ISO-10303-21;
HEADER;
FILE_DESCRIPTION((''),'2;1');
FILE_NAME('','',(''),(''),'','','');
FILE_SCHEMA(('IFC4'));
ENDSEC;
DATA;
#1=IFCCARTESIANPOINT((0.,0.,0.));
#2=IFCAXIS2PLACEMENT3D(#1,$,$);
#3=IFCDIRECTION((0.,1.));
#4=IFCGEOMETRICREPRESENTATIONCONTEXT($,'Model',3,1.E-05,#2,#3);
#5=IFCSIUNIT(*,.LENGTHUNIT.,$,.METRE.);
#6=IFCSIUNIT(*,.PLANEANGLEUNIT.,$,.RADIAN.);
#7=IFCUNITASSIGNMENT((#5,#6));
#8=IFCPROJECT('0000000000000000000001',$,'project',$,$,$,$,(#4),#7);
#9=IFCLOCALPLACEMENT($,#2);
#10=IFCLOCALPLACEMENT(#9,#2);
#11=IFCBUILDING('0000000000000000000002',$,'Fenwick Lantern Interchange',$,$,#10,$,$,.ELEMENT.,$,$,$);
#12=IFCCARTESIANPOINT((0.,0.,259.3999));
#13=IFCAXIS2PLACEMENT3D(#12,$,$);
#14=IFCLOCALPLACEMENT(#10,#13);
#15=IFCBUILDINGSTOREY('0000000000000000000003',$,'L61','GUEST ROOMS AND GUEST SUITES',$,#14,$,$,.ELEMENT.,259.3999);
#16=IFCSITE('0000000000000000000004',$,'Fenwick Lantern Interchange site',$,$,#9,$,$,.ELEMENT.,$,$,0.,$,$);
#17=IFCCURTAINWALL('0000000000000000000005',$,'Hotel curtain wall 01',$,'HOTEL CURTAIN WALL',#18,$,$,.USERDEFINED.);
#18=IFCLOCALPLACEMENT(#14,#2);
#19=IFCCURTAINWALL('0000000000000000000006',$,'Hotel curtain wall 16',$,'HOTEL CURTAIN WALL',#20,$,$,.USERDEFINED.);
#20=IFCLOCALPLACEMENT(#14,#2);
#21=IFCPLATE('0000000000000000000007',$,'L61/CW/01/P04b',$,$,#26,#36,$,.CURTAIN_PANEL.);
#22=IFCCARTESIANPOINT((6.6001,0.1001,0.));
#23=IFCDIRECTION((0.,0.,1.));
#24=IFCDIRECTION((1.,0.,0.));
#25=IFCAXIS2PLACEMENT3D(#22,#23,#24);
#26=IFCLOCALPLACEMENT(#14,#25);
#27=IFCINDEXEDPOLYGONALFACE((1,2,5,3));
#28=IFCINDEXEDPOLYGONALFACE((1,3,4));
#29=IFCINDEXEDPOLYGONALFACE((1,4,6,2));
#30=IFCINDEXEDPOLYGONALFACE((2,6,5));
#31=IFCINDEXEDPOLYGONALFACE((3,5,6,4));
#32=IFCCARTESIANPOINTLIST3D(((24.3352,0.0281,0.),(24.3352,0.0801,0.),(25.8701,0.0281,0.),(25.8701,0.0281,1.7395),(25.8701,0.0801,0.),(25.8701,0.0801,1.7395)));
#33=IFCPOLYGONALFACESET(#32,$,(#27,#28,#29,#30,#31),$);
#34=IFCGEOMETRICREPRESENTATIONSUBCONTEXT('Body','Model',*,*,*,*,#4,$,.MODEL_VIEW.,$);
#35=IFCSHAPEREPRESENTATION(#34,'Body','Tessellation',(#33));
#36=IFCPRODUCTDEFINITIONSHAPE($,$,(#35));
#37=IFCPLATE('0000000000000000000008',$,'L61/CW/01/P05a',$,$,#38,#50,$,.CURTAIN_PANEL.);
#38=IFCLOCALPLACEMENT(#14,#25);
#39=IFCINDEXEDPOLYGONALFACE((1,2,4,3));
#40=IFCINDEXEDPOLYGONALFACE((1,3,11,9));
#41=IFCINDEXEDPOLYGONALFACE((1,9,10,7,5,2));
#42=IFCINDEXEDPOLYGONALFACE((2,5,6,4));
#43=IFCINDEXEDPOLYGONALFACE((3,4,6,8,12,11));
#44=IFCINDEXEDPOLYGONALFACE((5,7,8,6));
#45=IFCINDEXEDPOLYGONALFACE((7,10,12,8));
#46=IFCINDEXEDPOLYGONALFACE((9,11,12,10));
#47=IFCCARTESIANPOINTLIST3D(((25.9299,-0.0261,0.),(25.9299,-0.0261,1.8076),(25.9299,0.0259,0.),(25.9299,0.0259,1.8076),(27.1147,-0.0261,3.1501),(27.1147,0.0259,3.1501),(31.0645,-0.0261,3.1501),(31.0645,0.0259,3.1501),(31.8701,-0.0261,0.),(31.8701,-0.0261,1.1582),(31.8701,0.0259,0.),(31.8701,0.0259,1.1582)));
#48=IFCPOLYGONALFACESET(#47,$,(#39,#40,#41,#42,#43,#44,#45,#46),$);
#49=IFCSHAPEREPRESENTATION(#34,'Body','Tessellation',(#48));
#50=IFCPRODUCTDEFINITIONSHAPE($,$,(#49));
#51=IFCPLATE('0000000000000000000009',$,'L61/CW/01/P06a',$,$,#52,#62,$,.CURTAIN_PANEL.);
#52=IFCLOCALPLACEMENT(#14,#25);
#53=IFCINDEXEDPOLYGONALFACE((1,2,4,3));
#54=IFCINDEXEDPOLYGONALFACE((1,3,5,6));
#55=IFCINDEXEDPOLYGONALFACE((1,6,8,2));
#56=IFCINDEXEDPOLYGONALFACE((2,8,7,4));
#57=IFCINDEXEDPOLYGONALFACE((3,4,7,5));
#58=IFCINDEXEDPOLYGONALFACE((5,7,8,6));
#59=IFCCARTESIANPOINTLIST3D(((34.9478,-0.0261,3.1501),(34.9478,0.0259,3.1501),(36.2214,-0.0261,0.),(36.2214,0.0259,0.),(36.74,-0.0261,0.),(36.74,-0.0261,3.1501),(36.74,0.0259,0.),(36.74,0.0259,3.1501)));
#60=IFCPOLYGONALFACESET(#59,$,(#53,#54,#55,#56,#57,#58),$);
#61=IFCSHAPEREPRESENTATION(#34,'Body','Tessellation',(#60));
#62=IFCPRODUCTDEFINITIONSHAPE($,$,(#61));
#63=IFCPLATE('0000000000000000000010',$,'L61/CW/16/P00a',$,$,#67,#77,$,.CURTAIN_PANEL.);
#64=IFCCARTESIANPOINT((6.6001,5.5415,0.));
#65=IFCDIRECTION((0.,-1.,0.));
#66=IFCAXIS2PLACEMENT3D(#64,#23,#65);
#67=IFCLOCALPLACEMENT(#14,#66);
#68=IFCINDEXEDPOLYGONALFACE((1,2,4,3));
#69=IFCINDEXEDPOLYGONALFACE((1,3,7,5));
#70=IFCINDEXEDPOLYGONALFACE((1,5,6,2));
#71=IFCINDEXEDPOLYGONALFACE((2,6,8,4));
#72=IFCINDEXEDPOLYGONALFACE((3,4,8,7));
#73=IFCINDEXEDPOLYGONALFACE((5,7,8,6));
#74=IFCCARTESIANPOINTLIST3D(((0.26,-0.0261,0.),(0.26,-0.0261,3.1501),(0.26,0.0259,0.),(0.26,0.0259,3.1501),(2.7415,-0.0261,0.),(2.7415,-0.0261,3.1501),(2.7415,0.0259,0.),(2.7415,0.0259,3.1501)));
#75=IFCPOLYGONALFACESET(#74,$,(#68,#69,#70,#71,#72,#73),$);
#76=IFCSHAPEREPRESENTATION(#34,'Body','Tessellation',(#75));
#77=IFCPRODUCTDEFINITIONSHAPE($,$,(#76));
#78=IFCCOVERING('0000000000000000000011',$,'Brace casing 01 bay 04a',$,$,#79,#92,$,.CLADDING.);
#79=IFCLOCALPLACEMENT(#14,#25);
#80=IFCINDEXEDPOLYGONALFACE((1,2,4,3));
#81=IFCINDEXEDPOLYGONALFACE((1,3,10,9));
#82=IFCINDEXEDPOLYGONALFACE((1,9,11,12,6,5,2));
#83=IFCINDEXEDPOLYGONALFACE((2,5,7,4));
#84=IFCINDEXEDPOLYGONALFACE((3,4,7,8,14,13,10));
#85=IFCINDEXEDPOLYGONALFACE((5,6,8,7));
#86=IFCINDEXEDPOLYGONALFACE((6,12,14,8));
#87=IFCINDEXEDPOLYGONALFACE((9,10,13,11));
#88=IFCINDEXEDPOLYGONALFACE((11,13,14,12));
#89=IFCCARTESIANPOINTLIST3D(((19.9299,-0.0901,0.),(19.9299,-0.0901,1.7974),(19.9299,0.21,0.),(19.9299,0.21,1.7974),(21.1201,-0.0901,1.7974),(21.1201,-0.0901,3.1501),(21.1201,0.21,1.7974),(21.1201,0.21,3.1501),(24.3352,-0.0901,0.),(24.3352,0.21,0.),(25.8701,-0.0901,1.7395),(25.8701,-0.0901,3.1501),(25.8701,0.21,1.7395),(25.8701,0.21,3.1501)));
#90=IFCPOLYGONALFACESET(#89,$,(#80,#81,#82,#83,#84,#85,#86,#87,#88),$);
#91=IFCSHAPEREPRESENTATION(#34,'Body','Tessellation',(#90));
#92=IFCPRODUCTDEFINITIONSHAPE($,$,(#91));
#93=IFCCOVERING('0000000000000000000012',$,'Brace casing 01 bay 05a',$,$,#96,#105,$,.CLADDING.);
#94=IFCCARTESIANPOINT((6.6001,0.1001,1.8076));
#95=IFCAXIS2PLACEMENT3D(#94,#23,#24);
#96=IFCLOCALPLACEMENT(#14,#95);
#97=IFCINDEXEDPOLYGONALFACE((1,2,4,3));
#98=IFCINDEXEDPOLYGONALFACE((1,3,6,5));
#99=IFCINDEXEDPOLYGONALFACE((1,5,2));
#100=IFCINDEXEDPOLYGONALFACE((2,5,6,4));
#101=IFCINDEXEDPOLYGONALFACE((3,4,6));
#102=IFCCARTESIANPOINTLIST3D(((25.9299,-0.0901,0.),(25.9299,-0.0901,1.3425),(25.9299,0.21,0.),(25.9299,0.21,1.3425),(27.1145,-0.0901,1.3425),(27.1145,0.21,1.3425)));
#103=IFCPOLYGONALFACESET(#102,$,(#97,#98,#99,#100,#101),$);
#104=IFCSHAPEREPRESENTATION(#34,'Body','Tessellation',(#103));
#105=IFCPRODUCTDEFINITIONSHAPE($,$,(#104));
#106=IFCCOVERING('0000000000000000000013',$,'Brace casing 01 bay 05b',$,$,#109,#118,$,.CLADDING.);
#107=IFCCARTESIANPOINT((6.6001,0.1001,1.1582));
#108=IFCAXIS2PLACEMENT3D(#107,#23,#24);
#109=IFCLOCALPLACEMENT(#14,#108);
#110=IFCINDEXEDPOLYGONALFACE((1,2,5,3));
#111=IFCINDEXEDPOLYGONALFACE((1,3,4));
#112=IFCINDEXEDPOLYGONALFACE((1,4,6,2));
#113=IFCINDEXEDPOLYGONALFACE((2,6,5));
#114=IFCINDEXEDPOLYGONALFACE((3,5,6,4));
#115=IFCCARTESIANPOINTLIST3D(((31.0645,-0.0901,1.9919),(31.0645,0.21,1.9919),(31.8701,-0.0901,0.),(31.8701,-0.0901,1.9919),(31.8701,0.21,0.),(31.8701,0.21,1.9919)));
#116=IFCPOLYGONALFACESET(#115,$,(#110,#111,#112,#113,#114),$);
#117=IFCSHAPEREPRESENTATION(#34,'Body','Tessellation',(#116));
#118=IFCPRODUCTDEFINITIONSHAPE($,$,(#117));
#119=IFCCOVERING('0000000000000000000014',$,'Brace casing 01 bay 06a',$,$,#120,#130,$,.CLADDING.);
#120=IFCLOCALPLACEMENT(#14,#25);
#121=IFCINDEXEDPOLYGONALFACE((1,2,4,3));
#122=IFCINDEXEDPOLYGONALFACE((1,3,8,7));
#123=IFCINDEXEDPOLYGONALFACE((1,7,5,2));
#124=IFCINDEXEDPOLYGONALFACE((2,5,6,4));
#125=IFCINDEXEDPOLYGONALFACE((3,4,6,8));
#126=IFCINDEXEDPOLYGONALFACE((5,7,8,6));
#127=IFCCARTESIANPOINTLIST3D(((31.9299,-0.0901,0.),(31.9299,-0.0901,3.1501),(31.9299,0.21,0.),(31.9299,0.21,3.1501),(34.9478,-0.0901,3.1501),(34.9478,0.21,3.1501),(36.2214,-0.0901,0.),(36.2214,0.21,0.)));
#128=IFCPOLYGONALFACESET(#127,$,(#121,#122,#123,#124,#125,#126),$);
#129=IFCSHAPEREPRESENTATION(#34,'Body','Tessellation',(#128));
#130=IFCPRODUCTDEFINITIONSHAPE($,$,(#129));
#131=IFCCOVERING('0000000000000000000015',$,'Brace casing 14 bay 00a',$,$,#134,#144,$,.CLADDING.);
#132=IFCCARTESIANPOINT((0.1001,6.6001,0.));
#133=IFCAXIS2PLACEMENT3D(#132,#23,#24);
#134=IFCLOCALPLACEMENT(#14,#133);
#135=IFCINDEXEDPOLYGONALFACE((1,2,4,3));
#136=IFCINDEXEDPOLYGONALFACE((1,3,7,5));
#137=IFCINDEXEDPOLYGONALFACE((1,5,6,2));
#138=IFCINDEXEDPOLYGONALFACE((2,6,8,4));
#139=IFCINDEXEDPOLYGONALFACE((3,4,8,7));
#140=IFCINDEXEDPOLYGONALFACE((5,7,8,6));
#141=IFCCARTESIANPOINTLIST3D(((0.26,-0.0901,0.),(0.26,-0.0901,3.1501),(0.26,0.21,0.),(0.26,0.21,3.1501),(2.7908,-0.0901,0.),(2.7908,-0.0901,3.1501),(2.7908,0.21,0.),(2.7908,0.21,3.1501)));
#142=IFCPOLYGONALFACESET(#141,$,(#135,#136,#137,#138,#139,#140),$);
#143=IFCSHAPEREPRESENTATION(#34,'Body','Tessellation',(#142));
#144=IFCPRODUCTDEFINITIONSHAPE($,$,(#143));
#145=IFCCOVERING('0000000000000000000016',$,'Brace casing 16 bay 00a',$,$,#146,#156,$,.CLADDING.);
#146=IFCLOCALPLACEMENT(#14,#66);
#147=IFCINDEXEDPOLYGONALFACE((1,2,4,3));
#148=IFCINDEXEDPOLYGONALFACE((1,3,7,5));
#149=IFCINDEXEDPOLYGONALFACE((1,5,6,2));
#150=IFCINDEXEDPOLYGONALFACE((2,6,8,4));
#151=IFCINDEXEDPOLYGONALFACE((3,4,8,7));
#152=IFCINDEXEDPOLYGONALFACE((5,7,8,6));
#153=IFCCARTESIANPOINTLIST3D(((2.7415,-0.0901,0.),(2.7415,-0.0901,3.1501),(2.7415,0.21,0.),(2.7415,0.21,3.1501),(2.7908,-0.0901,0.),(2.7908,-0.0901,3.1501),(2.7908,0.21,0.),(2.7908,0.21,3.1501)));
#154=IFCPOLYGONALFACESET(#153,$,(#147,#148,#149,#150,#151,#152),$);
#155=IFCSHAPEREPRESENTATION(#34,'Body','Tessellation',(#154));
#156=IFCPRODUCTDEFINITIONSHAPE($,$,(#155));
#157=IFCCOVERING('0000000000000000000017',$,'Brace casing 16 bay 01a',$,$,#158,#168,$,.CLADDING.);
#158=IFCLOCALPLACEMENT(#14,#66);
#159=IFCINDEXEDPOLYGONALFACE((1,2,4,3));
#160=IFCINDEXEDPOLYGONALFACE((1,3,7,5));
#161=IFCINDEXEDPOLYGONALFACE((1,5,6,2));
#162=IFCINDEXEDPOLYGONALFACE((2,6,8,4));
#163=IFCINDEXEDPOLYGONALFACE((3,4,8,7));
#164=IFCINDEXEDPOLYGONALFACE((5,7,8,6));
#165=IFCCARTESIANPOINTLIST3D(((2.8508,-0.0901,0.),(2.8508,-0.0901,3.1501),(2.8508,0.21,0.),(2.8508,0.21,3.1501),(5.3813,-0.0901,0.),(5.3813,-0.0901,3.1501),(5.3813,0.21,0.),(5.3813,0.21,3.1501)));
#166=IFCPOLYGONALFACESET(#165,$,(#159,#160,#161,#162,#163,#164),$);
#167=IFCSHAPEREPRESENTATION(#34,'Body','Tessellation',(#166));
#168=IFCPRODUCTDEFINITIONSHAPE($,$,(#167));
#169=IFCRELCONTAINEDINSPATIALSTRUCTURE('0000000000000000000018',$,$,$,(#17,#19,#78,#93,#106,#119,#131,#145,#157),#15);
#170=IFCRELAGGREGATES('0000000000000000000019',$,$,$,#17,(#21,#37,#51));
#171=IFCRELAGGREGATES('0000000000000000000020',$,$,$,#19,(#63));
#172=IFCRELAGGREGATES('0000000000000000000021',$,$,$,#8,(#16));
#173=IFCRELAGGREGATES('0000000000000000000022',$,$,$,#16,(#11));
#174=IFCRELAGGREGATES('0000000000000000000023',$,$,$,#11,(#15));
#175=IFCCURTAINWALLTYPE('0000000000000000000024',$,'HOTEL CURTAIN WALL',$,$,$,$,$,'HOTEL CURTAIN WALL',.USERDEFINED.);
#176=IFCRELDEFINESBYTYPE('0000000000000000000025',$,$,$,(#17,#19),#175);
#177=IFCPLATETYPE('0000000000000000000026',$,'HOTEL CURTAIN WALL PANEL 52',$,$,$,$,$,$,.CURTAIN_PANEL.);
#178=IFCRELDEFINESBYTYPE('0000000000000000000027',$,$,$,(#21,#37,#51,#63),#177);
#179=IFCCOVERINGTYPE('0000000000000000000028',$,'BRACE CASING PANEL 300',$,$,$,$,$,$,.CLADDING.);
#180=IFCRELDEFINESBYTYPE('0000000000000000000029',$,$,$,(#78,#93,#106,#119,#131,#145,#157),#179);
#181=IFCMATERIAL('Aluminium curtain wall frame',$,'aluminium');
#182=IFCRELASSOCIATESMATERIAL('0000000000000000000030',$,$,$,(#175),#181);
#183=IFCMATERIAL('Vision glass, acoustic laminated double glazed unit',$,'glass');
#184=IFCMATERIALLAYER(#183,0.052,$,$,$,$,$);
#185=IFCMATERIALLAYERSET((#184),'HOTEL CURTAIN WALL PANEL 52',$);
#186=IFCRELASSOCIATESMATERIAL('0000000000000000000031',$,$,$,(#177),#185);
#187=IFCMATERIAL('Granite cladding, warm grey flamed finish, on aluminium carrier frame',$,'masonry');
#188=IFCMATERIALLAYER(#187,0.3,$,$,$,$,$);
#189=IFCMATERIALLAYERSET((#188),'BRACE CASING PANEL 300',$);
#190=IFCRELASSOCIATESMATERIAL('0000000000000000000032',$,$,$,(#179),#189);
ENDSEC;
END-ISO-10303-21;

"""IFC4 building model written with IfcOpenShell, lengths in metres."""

from ifc_helpers import new_model, si_unit, direction, frame, origin, place, context, subcontext, project, spatial, polyline, outline, extrude, material, layer, layer_set, type_object, element, aggregate, save


model = new_model("IFC4")

# Units and contexts
model_context = context("Model", 3, precision=1e-05, world=origin(), true_north=direction((0.0, 1.0)))
body_context = subcontext(model_context, "Body", "Model", "MODEL_VIEW")
ifc_project = project(units=[si_unit("LENGTHUNIT", "METRE"), si_unit("PLANEANGLEUNIT", "RADIAN")], contexts=[model_context])

# Site, building, storey
site_placement = place(None, origin())
site = spatial("IfcSite", under=ifc_project, at=site_placement, Name="Fenwick Lantern Interchange site", CompositionType="ELEMENT", RefElevation=0.0)
building_placement = place(site_placement, origin())
building = spatial("IfcBuilding", under=site, at=building_placement, Name="Fenwick Lantern Interchange", CompositionType="ELEMENT")
storey_placement = place(building_placement, frame((0.0, 0.0, 259.3999)))
storey = spatial("IfcBuildingStorey", under=building, at=storey_placement, Name="L61", Description="GUEST ROOMS AND GUEST SUITES", CompositionType="ELEMENT", Elevation=259.3999)

# Curtain wall
ifc_material_1 = material(Name="Aluminium curtain wall frame", Category="aluminium")
curtain_wall_type = type_object("IfcCurtainWallType", Name="HOTEL CURTAIN WALL", ElementType="HOTEL CURTAIN WALL", PredefinedType="USERDEFINED", material=ifc_material_1)
curtain_wall_1_placement = place(storey_placement, origin())
curtain_wall_1 = element("IfcCurtainWall", 1, at=curtain_wall_1_placement, inside=storey, type_object=curtain_wall_type, Name="Hotel curtain wall 01", ObjectType="HOTEL CURTAIN WALL", PredefinedType="USERDEFINED")

# Curtain wall
curtain_wall_2_placement = place(storey_placement, origin())
curtain_wall_2 = element("IfcCurtainWall", 2, at=curtain_wall_2_placement, inside=storey, type_object=curtain_wall_type, Name="Hotel curtain wall 16", ObjectType="HOTEL CURTAIN WALL", PredefinedType="USERDEFINED")

# Plates
ifc_material_2 = material(Name="Vision glass, acoustic laminated double glazed unit", Category="glass")
ifc_layer_1 = layer(ifc_material_2, 0.052)
ifc_layer_set_1 = layer_set([ifc_layer_1], Name="HOTEL CURTAIN WALL PANEL 52")
plate_type = type_object("IfcPlateType", Name="HOTEL CURTAIN WALL PANEL 52", PredefinedType="CURTAIN_PANEL", material=ifc_layer_set_1)
plate_1_placement = place(storey_placement, frame((6.6001, 0.1001, 0.0), z_axis=(0.0, 0.0, 1.0), x_axis=(1.0, 0.0, 0.0)))
plate_1 = element("IfcPlate", 3, at=plate_1_placement, type_object=plate_type, Name="L61/CW/01/P04b", PredefinedType="CURTAIN_PANEL", context=body_context, shape_type="SweptSolid", body=[
    extrude(outline(polyline([(24.3352, 0.0), (25.8701, 0.0), (25.8701, 1.7395), (24.3352, 0.0)])), frame((0.0, 0.0801, 0.0), z_axis=(0.0, -1.0, 0.0), x_axis=(1.0, 0.0, 0.0)), (0.0, 0.0, 1.0), 0.052),
])
plate_2_placement = place(storey_placement, frame((6.6001, 0.1001, 0.0), z_axis=(0.0, 0.0, 1.0), x_axis=(1.0, 0.0, 0.0)))
plate_2 = element("IfcPlate", 4, at=plate_2_placement, type_object=plate_type, Name="L61/CW/01/P05a", PredefinedType="CURTAIN_PANEL", context=body_context, shape_type="SweptSolid", body=[
    extrude(outline(polyline([(25.9299, 0.0), (31.8701, 0.0), (31.8701, 1.1582), (31.0645, 3.1501), (27.1147, 3.1501), (25.9299, 1.8076), (25.9299, 0.0)])), frame((0.0, 0.0259, 0.0), z_axis=(0.0, -1.0, 0.0), x_axis=(1.0, 0.0, 0.0)), (0.0, 0.0, 1.0), 0.052),
])
plate_3_placement = place(storey_placement, frame((6.6001, 0.1001, 0.0), z_axis=(0.0, 0.0, 1.0), x_axis=(1.0, 0.0, 0.0)))
plate_3 = element("IfcPlate", 5, at=plate_3_placement, type_object=plate_type, Name="L61/CW/01/P06a", PredefinedType="CURTAIN_PANEL", context=body_context, shape_type="SweptSolid", body=[
    extrude(outline(polyline([(36.2214, 0.0), (36.74, 0.0), (36.74, 3.1501), (34.9478, 3.1501), (36.2214, 0.0)])), frame((0.0, 0.0259, 0.0), z_axis=(0.0, -1.0, 0.0), x_axis=(1.0, 0.0, 0.0)), (0.0, 0.0, 1.0), 0.052),
])
aggregate(curtain_wall_1, [plate_1, plate_2, plate_3])
plate_4_placement = place(storey_placement, frame((6.6001, 5.5415, 0.0), z_axis=(0.0, 0.0, 1.0), x_axis=(0.0, -1.0, 0.0)))
plate_4 = element("IfcPlate", 6, at=plate_4_placement, type_object=plate_type, Name="L61/CW/16/P00a", PredefinedType="CURTAIN_PANEL", context=body_context, shape_type="SweptSolid", body=[
    extrude(outline(polyline([(0.26, 0.0), (2.7415, 0.0), (2.7415, 3.1501), (0.26, 3.1501), (0.26, 0.0)])), frame((0.0, 0.0259, 0.0), z_axis=(0.0, -1.0, 0.0), x_axis=(1.0, 0.0, 0.0)), (0.0, 0.0, 1.0), 0.052),
])
aggregate(curtain_wall_2, [plate_4])

# Coverings
ifc_material_3 = material(Name="Granite cladding, warm grey flamed finish, on aluminium carrier frame", Category="masonry")
ifc_layer_2 = layer(ifc_material_3, 0.3)
ifc_layer_set_2 = layer_set([ifc_layer_2], Name="BRACE CASING PANEL 300")
covering_type = type_object("IfcCoveringType", Name="BRACE CASING PANEL 300", PredefinedType="CLADDING", material=ifc_layer_set_2)
covering_1_placement = place(storey_placement, frame((6.6001, 0.1001, 0.0), z_axis=(0.0, 0.0, 1.0), x_axis=(1.0, 0.0, 0.0)))
element("IfcCovering", 7, at=covering_1_placement, inside=storey, type_object=covering_type, Name="Brace casing 01 bay 04a", PredefinedType="CLADDING", context=body_context, shape_type="SweptSolid", body=[
    extrude(outline(polyline([(19.9299, 0.0), (24.3352, 0.0), (25.8701, 1.7395), (25.8701, 3.1501), (21.1201, 3.1501), (21.1201, 1.7974), (19.9299, 1.7974), (19.9299, 0.0)])), frame((0.0, 0.21, 0.0), z_axis=(0.0, -1.0, 0.0), x_axis=(1.0, 0.0, 0.0)), (0.0, 0.0, 1.0), 0.3),
])
covering_2_placement = place(storey_placement, frame((6.6001, 0.1001, 1.8076), z_axis=(0.0, 0.0, 1.0), x_axis=(1.0, 0.0, 0.0)))
element("IfcCovering", 8, at=covering_2_placement, inside=storey, type_object=covering_type, Name="Brace casing 01 bay 05a", PredefinedType="CLADDING", context=body_context, shape_type="SweptSolid", body=[
    extrude(outline(polyline([(25.9299, 0.0), (27.1145, 1.3425), (25.9299, 1.3425), (25.9299, 0.0)])), frame((0.0, 0.21, 0.0), z_axis=(0.0, -1.0, 0.0), x_axis=(1.0, 0.0, 0.0)), (0.0, 0.0, 1.0), 0.3),
])
covering_3_placement = place(storey_placement, frame((6.6001, 0.1001, 1.1582), z_axis=(0.0, 0.0, 1.0), x_axis=(1.0, 0.0, 0.0)))
element("IfcCovering", 9, at=covering_3_placement, inside=storey, type_object=covering_type, Name="Brace casing 01 bay 05b", PredefinedType="CLADDING", context=body_context, shape_type="SweptSolid", body=[
    extrude(outline(polyline([(31.8701, 0.0), (31.8701, 1.9919), (31.0645, 1.9919), (31.8701, 0.0)])), frame((0.0, 0.21, 0.0), z_axis=(0.0, -1.0, 0.0), x_axis=(1.0, 0.0, 0.0)), (0.0, 0.0, 1.0), 0.3),
])
covering_4_placement = place(storey_placement, frame((6.6001, 0.1001, 0.0), z_axis=(0.0, 0.0, 1.0), x_axis=(1.0, 0.0, 0.0)))
element("IfcCovering", 10, at=covering_4_placement, inside=storey, type_object=covering_type, Name="Brace casing 01 bay 06a", PredefinedType="CLADDING", context=body_context, shape_type="SweptSolid", body=[
    extrude(outline(polyline([(31.9299, 0.0), (36.2214, 0.0), (34.9478, 3.1501), (31.9299, 3.1501), (31.9299, 0.0)])), frame((0.0, 0.21, 0.0), z_axis=(0.0, -1.0, 0.0), x_axis=(1.0, 0.0, 0.0)), (0.0, 0.0, 1.0), 0.3),
])
covering_5_placement = place(storey_placement, frame((0.1001, 6.6001, 0.0), z_axis=(0.0, 0.0, 1.0), x_axis=(1.0, 0.0, 0.0)))
element("IfcCovering", 11, at=covering_5_placement, inside=storey, type_object=covering_type, Name="Brace casing 14 bay 00a", PredefinedType="CLADDING", context=body_context, shape_type="SweptSolid", body=[
    extrude(outline(polyline([(0.26, 0.0), (2.7908, 0.0), (2.7908, 3.1501), (0.26, 3.1501), (0.26, 0.0)])), frame((0.0, 0.21, 0.0), z_axis=(0.0, -1.0, 0.0), x_axis=(1.0, 0.0, 0.0)), (0.0, 0.0, 1.0), 0.3),
])
covering_6_placement = place(storey_placement, frame((6.6001, 5.5415, 0.0), z_axis=(0.0, 0.0, 1.0), x_axis=(0.0, -1.0, 0.0)))
element("IfcCovering", 12, at=covering_6_placement, inside=storey, type_object=covering_type, Name="Brace casing 16 bay 00a", PredefinedType="CLADDING", context=body_context, shape_type="SweptSolid", body=[
    extrude(outline(polyline([(2.7415, 0.0), (2.7908, 0.0), (2.7908, 3.1501), (2.7415, 3.1501), (2.7415, 0.0)])), frame((0.0, 0.21, 0.0), z_axis=(0.0, -1.0, 0.0), x_axis=(1.0, 0.0, 0.0)), (0.0, 0.0, 1.0), 0.3),
])
covering_7_placement = place(storey_placement, frame((6.6001, 5.5415, 0.0), z_axis=(0.0, 0.0, 1.0), x_axis=(0.0, -1.0, 0.0)))
element("IfcCovering", 13, at=covering_7_placement, inside=storey, type_object=covering_type, Name="Brace casing 16 bay 01a", PredefinedType="CLADDING", context=body_context, shape_type="SweptSolid", body=[
    extrude(outline(polyline([(2.8508, 0.0), (5.3813, 0.0), (5.3813, 3.1501), (2.8508, 3.1501), (2.8508, 0.0)])), frame((0.0, 0.21, 0.0), z_axis=(0.0, -1.0, 0.0), x_axis=(1.0, 0.0, 0.0)), (0.0, 0.0, 1.0), 0.3),
])

save(model, "model.ifc")
